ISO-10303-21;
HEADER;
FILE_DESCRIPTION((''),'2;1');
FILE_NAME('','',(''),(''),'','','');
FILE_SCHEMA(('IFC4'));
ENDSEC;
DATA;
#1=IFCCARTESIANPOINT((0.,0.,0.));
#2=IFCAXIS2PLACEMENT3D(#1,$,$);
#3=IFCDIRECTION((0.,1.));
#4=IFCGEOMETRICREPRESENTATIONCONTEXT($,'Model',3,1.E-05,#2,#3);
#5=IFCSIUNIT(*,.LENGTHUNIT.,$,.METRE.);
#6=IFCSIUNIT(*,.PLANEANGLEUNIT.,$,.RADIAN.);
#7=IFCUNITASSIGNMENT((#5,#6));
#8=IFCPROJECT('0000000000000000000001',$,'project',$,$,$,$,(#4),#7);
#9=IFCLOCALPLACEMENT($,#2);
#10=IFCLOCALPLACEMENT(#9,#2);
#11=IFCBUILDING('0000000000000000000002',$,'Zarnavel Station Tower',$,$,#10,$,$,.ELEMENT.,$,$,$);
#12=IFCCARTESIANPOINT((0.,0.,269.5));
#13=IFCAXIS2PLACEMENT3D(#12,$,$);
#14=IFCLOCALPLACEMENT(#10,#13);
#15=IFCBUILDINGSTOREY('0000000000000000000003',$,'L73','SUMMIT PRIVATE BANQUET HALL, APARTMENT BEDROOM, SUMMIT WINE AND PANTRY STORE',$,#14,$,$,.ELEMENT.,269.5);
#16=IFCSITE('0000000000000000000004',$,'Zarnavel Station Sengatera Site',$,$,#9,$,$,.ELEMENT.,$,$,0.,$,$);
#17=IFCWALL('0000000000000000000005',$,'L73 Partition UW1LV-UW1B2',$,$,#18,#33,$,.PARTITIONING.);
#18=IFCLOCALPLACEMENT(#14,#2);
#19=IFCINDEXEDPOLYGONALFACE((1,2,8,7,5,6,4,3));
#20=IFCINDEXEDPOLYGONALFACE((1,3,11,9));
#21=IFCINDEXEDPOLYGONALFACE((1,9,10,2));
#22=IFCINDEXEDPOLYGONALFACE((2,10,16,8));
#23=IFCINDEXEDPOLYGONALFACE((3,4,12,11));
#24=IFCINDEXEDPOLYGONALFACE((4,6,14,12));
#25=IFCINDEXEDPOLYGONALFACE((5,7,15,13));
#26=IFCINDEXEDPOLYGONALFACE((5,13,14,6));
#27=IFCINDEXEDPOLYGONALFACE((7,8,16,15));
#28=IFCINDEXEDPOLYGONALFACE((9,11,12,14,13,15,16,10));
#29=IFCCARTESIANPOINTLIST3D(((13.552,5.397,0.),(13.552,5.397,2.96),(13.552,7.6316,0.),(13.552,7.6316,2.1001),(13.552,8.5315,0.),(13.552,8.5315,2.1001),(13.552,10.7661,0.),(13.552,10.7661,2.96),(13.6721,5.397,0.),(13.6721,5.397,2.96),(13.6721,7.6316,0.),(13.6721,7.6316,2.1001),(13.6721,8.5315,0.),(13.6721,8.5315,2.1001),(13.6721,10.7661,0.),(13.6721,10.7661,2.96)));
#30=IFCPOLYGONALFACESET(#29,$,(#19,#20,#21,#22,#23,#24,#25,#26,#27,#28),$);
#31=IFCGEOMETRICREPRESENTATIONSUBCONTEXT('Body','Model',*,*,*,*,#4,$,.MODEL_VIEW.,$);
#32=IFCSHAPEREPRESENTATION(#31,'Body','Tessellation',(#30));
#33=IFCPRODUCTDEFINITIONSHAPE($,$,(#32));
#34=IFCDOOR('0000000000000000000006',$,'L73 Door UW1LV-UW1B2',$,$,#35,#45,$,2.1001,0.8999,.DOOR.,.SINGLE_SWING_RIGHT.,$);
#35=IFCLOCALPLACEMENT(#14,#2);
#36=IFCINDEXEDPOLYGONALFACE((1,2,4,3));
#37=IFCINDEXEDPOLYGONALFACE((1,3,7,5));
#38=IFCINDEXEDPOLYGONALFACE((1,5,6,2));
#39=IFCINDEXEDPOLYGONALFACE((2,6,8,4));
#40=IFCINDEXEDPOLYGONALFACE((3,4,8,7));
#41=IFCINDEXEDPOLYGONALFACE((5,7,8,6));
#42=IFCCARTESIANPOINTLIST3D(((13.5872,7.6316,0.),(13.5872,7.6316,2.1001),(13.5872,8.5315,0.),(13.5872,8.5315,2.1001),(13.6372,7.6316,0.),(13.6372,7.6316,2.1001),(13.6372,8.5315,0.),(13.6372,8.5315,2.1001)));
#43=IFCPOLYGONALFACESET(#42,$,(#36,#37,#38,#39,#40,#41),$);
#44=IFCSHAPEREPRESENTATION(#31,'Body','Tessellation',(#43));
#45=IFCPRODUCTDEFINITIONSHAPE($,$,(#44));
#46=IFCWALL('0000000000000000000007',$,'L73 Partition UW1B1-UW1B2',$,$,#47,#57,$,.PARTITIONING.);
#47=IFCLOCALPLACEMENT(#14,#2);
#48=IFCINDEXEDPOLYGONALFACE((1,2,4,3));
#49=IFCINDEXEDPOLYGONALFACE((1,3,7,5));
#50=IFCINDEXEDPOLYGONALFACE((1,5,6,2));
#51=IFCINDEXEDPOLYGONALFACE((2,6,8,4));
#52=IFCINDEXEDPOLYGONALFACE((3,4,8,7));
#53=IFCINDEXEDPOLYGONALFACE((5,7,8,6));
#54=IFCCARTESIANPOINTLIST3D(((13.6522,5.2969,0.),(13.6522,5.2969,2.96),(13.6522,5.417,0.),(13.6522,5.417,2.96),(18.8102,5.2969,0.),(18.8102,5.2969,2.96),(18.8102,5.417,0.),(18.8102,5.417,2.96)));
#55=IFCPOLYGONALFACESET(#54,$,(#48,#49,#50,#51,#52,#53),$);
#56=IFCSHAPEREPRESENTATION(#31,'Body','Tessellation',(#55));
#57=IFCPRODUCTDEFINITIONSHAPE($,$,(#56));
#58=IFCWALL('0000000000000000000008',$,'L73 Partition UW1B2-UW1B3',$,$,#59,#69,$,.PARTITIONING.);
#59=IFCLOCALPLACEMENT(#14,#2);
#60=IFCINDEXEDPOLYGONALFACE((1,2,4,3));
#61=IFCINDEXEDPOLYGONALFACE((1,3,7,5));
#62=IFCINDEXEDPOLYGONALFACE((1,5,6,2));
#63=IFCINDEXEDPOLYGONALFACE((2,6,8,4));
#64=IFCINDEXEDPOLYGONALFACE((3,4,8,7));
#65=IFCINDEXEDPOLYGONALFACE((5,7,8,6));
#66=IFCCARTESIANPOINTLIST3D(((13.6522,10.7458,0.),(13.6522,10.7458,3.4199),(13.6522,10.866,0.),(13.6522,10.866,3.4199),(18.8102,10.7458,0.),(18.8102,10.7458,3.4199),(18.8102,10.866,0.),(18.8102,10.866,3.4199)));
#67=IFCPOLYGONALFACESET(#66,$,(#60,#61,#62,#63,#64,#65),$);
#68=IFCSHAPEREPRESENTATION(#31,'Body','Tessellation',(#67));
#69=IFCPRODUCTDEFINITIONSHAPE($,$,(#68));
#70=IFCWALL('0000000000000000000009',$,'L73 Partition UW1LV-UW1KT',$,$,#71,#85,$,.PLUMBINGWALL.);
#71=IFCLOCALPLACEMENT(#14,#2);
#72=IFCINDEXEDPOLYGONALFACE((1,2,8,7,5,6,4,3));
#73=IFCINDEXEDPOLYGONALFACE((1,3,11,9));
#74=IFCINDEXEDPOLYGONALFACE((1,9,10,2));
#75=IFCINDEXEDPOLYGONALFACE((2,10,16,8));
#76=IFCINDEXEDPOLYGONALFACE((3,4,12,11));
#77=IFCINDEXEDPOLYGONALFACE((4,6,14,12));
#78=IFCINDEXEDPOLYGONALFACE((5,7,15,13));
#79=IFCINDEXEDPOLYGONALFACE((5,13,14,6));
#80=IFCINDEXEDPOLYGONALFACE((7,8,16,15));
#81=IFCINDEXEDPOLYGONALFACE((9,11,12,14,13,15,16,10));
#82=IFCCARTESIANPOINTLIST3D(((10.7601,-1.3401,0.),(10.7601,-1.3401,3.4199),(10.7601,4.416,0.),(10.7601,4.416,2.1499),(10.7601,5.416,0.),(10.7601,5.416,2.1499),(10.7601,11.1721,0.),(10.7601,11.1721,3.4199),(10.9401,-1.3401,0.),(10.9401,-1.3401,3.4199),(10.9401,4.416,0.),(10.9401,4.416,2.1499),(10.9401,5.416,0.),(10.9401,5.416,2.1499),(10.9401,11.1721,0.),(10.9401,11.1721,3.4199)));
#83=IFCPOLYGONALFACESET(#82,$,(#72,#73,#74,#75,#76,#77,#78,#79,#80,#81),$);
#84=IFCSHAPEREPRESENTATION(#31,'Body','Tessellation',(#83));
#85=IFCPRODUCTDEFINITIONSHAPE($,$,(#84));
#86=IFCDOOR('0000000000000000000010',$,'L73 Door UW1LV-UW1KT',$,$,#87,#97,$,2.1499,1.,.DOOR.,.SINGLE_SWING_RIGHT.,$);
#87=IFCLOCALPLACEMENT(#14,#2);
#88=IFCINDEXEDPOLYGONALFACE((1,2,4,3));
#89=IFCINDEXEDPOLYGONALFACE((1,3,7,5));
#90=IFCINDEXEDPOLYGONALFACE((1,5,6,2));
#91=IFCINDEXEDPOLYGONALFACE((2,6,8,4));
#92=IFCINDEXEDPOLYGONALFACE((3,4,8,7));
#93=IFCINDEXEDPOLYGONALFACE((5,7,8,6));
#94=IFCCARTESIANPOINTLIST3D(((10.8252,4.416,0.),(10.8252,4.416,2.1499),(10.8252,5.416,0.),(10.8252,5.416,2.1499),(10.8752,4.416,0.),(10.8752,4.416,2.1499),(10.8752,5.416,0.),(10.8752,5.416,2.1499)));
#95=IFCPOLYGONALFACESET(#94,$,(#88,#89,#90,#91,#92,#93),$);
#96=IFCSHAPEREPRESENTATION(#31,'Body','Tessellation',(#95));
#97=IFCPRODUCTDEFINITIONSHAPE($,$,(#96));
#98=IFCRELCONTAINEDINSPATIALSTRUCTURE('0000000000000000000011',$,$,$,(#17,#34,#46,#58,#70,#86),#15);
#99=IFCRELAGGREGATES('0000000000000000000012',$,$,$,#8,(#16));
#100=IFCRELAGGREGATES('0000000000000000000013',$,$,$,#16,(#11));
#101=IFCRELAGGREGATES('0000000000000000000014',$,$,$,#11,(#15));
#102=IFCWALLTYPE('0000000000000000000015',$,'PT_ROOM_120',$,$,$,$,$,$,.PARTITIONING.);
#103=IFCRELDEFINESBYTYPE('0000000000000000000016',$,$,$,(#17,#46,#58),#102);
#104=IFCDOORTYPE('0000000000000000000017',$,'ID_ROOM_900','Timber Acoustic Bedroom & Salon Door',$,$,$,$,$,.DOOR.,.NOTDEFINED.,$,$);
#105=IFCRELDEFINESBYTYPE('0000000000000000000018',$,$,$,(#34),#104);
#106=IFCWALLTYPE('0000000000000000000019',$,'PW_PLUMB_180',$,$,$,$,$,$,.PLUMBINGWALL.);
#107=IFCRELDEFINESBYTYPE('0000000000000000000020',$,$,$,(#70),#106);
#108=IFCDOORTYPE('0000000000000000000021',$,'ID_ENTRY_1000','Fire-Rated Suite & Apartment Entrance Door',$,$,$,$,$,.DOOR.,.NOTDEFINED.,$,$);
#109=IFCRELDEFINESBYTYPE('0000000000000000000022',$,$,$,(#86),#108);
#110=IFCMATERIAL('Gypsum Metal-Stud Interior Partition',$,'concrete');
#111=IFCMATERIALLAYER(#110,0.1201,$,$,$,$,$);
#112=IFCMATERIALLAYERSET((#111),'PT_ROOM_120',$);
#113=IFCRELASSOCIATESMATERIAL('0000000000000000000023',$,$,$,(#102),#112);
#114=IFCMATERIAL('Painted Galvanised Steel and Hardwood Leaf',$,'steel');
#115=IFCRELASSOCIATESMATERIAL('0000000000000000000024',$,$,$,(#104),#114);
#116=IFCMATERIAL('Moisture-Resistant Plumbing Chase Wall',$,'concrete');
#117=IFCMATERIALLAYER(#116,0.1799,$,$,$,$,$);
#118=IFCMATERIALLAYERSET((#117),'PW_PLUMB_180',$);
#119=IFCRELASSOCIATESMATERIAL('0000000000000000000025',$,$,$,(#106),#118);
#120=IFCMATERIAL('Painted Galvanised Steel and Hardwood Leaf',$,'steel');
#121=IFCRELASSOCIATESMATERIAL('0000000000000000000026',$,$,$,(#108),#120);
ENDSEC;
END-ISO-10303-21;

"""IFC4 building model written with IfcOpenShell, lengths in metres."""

from ifc_helpers import new_model, si_unit, direction, frame, frame_2d, origin, place, context, subcontext, project, spatial, rectangle, extrude, material, layer, layer_set, type_object, element, fill, save


model = new_model("IFC4")

# Units and contexts
model_context = context("Model", 3, precision=1e-05, world=origin(), true_north=direction((0.0, 1.0)))
body_context = subcontext(model_context, "Body", "Model", "MODEL_VIEW")
ifc_project = project(units=[si_unit("LENGTHUNIT", "METRE"), si_unit("PLANEANGLEUNIT", "RADIAN")], contexts=[model_context])

# Site, building, storey
site_placement = place(None, origin())
site = spatial("IfcSite", under=ifc_project, at=site_placement, Name="Zarnavel Station Sengatera Site", CompositionType="ELEMENT", RefElevation=0.0)
building_placement = place(site_placement, origin())
building = spatial("IfcBuilding", under=site, at=building_placement, Name="Zarnavel Station Tower", CompositionType="ELEMENT")
storey_placement = place(building_placement, frame((0.0, 0.0, 269.5)))
storey = spatial("IfcBuildingStorey", under=building, at=storey_placement, Name="L73", Description="SUMMIT PRIVATE BANQUET HALL, APARTMENT BEDROOM, SUMMIT WINE AND PANTRY STORE", CompositionType="ELEMENT", Elevation=269.5)

# Wall, opening, door
ifc_material_1 = material(Name="Gypsum Metal-Stud Interior Partition", Category="concrete")
ifc_layer_1 = layer(ifc_material_1, 0.1201)
ifc_layer_set_1 = layer_set([ifc_layer_1], Name="PT_ROOM_120")
wall_type_1 = type_object("IfcWallType", Name="PT_ROOM_120", PredefinedType="PARTITIONING", material=ifc_layer_set_1)
ifc_material_2 = material(Name="Painted Galvanised Steel and Hardwood Leaf", Category="steel")
door_type_1 = type_object("IfcDoorType", Name="ID_ROOM_900", Description="Timber Acoustic Bedroom & Salon Door", OperationType="NOTDEFINED", PredefinedType="DOOR", material=ifc_material_2)
wall_1_placement = place(storey_placement, frame((13.6121, 5.397, 0.0), z_axis=(0.0, 0.0, 1.0), x_axis=(0.0, 1.0, 0.0)))
wall_1 = element("IfcWall", 1, at=wall_1_placement, inside=storey, type_object=wall_type_1, Name="L73 Partition UW1LV-UW1B2", PredefinedType="PARTITIONING", context=body_context, shape_type="SweptSolid", body=[
    extrude(rectangle(XDim=5.3691, YDim=0.1201, at=frame_2d((2.6846, 0.0))), origin(), (0.0, 0.0, 1.0), 2.96),
])
opening_1_placement = place(wall_1_placement, frame((2.2346, 0.0, 0.0)))
opening_1 = element("IfcOpeningElement", 2, at=opening_1_placement, cuts=wall_1, PredefinedType="OPENING", context=body_context, shape_type="SweptSolid", body=[
    extrude(rectangle(XDim=0.8999, YDim=2.1001, at=frame_2d((0.45, 1.05))), frame((0.0, 0.0701, 0.0), z_axis=(0.0, -1.0, 0.0), x_axis=(1.0, 0.0, 0.0)), (0.0, 0.0, 1.0), 0.1401),
])
door_1_placement = place(opening_1_placement, origin())
door_1 = element("IfcDoor", 3, at=door_1_placement, inside=storey, type_object=door_type_1, Name="L73 Door UW1LV-UW1B2", OperationType="SINGLE_SWING_RIGHT", OverallHeight=2.1001, OverallWidth=0.8999, PredefinedType="DOOR", context=body_context, shape_type="SweptSolid", body=[
    extrude(rectangle(XDim=0.8999, YDim=2.1001, at=frame_2d((0.45, 1.05))), frame((0.0, 0.0249, 0.0), z_axis=(0.0, -1.0, 0.0), x_axis=(1.0, 0.0, 0.0)), (0.0, 0.0, 1.0), 0.05),
])
fill(opening_1, door_1)

# Walls
wall_2_placement = place(storey_placement, frame((13.6521, 5.3569, 0.0), z_axis=(0.0, 0.0, 1.0), x_axis=(1.0, 0.0, 0.0)))
element("IfcWall", 4, at=wall_2_placement, inside=storey, type_object=wall_type_1, Name="L73 Partition UW1B1-UW1B2", PredefinedType="PARTITIONING", context=body_context, shape_type="SweptSolid", body=[
    extrude(rectangle(XDim=5.158, YDim=0.1201, at=frame_2d((2.5791, 0.0))), origin(), (0.0, 0.0, 1.0), 2.96),
])
wall_3_placement = place(storey_placement, frame((13.6521, 10.8059, 0.0), z_axis=(0.0, 0.0, 1.0), x_axis=(1.0, 0.0, 0.0)))
element("IfcWall", 5, at=wall_3_placement, inside=storey, type_object=wall_type_1, Name="L73 Partition UW1B2-UW1B3", PredefinedType="PARTITIONING", context=body_context, shape_type="SweptSolid", body=[
    extrude(rectangle(XDim=5.158, YDim=0.1201, at=frame_2d((2.5791, 0.0))), origin(), (0.0, 0.0, 1.0), 3.4199),
])

# Wall, opening, door
ifc_material_3 = material(Name="Moisture-Resistant Plumbing Chase Wall", Category="concrete")
ifc_layer_2 = layer(ifc_material_3, 0.1799)
ifc_layer_set_2 = layer_set([ifc_layer_2], Name="PW_PLUMB_180")
wall_type_2 = type_object("IfcWallType", Name="PW_PLUMB_180", PredefinedType="PLUMBINGWALL", material=ifc_layer_set_2)
wall_4_placement = place(storey_placement, frame((10.8501, -1.3401, 0.0), z_axis=(0.0, 0.0, 1.0), x_axis=(0.0, 1.0, 0.0)))
wall_4 = element("IfcWall", 6, at=wall_4_placement, inside=storey, type_object=wall_type_2, Name="L73 Partition UW1LV-UW1KT", PredefinedType="PLUMBINGWALL", context=body_context, shape_type="SweptSolid", body=[
    extrude(rectangle(XDim=12.5122, YDim=0.1799, at=frame_2d((6.2561, 0.0))), origin(), (0.0, 0.0, 1.0), 3.4199),
])
opening_2_placement = place(wall_4_placement, frame((5.7561, 0.0, 0.0)))
opening_2 = element("IfcOpeningElement", 7, at=opening_2_placement, cuts=wall_4, PredefinedType="OPENING", context=body_context, shape_type="SweptSolid", body=[
    extrude(rectangle(XDim=1.0, YDim=2.1499, at=frame_2d((0.5, 1.075))), frame((0.0, 0.0999, 0.0), z_axis=(0.0, -1.0, 0.0), x_axis=(1.0, 0.0, 0.0)), (0.0, 0.0, 1.0), 0.2),
])
ifc_material_4 = material(Name="Painted Galvanised Steel and Hardwood Leaf", Category="steel")
door_type_2 = type_object("IfcDoorType", Name="ID_ENTRY_1000", Description="Fire-Rated Suite & Apartment Entrance Door", OperationType="NOTDEFINED", PredefinedType="DOOR", material=ifc_material_4)
door_2_placement = place(opening_2_placement, origin())
door_2 = element("IfcDoor", 8, at=door_2_placement, inside=storey, type_object=door_type_2, Name="L73 Door UW1LV-UW1KT", OperationType="SINGLE_SWING_RIGHT", OverallHeight=2.1499, OverallWidth=1.0, PredefinedType="DOOR", context=body_context, shape_type="SweptSolid", body=[
    extrude(rectangle(XDim=1.0, YDim=2.1499, at=frame_2d((0.5, 1.075))), frame((0.0, 0.0249, 0.0), z_axis=(0.0, -1.0, 0.0), x_axis=(1.0, 0.0, 0.0)), (0.0, 0.0, 1.0), 0.05),
])
fill(opening_2, door_2)

save(model, "model.ifc")
